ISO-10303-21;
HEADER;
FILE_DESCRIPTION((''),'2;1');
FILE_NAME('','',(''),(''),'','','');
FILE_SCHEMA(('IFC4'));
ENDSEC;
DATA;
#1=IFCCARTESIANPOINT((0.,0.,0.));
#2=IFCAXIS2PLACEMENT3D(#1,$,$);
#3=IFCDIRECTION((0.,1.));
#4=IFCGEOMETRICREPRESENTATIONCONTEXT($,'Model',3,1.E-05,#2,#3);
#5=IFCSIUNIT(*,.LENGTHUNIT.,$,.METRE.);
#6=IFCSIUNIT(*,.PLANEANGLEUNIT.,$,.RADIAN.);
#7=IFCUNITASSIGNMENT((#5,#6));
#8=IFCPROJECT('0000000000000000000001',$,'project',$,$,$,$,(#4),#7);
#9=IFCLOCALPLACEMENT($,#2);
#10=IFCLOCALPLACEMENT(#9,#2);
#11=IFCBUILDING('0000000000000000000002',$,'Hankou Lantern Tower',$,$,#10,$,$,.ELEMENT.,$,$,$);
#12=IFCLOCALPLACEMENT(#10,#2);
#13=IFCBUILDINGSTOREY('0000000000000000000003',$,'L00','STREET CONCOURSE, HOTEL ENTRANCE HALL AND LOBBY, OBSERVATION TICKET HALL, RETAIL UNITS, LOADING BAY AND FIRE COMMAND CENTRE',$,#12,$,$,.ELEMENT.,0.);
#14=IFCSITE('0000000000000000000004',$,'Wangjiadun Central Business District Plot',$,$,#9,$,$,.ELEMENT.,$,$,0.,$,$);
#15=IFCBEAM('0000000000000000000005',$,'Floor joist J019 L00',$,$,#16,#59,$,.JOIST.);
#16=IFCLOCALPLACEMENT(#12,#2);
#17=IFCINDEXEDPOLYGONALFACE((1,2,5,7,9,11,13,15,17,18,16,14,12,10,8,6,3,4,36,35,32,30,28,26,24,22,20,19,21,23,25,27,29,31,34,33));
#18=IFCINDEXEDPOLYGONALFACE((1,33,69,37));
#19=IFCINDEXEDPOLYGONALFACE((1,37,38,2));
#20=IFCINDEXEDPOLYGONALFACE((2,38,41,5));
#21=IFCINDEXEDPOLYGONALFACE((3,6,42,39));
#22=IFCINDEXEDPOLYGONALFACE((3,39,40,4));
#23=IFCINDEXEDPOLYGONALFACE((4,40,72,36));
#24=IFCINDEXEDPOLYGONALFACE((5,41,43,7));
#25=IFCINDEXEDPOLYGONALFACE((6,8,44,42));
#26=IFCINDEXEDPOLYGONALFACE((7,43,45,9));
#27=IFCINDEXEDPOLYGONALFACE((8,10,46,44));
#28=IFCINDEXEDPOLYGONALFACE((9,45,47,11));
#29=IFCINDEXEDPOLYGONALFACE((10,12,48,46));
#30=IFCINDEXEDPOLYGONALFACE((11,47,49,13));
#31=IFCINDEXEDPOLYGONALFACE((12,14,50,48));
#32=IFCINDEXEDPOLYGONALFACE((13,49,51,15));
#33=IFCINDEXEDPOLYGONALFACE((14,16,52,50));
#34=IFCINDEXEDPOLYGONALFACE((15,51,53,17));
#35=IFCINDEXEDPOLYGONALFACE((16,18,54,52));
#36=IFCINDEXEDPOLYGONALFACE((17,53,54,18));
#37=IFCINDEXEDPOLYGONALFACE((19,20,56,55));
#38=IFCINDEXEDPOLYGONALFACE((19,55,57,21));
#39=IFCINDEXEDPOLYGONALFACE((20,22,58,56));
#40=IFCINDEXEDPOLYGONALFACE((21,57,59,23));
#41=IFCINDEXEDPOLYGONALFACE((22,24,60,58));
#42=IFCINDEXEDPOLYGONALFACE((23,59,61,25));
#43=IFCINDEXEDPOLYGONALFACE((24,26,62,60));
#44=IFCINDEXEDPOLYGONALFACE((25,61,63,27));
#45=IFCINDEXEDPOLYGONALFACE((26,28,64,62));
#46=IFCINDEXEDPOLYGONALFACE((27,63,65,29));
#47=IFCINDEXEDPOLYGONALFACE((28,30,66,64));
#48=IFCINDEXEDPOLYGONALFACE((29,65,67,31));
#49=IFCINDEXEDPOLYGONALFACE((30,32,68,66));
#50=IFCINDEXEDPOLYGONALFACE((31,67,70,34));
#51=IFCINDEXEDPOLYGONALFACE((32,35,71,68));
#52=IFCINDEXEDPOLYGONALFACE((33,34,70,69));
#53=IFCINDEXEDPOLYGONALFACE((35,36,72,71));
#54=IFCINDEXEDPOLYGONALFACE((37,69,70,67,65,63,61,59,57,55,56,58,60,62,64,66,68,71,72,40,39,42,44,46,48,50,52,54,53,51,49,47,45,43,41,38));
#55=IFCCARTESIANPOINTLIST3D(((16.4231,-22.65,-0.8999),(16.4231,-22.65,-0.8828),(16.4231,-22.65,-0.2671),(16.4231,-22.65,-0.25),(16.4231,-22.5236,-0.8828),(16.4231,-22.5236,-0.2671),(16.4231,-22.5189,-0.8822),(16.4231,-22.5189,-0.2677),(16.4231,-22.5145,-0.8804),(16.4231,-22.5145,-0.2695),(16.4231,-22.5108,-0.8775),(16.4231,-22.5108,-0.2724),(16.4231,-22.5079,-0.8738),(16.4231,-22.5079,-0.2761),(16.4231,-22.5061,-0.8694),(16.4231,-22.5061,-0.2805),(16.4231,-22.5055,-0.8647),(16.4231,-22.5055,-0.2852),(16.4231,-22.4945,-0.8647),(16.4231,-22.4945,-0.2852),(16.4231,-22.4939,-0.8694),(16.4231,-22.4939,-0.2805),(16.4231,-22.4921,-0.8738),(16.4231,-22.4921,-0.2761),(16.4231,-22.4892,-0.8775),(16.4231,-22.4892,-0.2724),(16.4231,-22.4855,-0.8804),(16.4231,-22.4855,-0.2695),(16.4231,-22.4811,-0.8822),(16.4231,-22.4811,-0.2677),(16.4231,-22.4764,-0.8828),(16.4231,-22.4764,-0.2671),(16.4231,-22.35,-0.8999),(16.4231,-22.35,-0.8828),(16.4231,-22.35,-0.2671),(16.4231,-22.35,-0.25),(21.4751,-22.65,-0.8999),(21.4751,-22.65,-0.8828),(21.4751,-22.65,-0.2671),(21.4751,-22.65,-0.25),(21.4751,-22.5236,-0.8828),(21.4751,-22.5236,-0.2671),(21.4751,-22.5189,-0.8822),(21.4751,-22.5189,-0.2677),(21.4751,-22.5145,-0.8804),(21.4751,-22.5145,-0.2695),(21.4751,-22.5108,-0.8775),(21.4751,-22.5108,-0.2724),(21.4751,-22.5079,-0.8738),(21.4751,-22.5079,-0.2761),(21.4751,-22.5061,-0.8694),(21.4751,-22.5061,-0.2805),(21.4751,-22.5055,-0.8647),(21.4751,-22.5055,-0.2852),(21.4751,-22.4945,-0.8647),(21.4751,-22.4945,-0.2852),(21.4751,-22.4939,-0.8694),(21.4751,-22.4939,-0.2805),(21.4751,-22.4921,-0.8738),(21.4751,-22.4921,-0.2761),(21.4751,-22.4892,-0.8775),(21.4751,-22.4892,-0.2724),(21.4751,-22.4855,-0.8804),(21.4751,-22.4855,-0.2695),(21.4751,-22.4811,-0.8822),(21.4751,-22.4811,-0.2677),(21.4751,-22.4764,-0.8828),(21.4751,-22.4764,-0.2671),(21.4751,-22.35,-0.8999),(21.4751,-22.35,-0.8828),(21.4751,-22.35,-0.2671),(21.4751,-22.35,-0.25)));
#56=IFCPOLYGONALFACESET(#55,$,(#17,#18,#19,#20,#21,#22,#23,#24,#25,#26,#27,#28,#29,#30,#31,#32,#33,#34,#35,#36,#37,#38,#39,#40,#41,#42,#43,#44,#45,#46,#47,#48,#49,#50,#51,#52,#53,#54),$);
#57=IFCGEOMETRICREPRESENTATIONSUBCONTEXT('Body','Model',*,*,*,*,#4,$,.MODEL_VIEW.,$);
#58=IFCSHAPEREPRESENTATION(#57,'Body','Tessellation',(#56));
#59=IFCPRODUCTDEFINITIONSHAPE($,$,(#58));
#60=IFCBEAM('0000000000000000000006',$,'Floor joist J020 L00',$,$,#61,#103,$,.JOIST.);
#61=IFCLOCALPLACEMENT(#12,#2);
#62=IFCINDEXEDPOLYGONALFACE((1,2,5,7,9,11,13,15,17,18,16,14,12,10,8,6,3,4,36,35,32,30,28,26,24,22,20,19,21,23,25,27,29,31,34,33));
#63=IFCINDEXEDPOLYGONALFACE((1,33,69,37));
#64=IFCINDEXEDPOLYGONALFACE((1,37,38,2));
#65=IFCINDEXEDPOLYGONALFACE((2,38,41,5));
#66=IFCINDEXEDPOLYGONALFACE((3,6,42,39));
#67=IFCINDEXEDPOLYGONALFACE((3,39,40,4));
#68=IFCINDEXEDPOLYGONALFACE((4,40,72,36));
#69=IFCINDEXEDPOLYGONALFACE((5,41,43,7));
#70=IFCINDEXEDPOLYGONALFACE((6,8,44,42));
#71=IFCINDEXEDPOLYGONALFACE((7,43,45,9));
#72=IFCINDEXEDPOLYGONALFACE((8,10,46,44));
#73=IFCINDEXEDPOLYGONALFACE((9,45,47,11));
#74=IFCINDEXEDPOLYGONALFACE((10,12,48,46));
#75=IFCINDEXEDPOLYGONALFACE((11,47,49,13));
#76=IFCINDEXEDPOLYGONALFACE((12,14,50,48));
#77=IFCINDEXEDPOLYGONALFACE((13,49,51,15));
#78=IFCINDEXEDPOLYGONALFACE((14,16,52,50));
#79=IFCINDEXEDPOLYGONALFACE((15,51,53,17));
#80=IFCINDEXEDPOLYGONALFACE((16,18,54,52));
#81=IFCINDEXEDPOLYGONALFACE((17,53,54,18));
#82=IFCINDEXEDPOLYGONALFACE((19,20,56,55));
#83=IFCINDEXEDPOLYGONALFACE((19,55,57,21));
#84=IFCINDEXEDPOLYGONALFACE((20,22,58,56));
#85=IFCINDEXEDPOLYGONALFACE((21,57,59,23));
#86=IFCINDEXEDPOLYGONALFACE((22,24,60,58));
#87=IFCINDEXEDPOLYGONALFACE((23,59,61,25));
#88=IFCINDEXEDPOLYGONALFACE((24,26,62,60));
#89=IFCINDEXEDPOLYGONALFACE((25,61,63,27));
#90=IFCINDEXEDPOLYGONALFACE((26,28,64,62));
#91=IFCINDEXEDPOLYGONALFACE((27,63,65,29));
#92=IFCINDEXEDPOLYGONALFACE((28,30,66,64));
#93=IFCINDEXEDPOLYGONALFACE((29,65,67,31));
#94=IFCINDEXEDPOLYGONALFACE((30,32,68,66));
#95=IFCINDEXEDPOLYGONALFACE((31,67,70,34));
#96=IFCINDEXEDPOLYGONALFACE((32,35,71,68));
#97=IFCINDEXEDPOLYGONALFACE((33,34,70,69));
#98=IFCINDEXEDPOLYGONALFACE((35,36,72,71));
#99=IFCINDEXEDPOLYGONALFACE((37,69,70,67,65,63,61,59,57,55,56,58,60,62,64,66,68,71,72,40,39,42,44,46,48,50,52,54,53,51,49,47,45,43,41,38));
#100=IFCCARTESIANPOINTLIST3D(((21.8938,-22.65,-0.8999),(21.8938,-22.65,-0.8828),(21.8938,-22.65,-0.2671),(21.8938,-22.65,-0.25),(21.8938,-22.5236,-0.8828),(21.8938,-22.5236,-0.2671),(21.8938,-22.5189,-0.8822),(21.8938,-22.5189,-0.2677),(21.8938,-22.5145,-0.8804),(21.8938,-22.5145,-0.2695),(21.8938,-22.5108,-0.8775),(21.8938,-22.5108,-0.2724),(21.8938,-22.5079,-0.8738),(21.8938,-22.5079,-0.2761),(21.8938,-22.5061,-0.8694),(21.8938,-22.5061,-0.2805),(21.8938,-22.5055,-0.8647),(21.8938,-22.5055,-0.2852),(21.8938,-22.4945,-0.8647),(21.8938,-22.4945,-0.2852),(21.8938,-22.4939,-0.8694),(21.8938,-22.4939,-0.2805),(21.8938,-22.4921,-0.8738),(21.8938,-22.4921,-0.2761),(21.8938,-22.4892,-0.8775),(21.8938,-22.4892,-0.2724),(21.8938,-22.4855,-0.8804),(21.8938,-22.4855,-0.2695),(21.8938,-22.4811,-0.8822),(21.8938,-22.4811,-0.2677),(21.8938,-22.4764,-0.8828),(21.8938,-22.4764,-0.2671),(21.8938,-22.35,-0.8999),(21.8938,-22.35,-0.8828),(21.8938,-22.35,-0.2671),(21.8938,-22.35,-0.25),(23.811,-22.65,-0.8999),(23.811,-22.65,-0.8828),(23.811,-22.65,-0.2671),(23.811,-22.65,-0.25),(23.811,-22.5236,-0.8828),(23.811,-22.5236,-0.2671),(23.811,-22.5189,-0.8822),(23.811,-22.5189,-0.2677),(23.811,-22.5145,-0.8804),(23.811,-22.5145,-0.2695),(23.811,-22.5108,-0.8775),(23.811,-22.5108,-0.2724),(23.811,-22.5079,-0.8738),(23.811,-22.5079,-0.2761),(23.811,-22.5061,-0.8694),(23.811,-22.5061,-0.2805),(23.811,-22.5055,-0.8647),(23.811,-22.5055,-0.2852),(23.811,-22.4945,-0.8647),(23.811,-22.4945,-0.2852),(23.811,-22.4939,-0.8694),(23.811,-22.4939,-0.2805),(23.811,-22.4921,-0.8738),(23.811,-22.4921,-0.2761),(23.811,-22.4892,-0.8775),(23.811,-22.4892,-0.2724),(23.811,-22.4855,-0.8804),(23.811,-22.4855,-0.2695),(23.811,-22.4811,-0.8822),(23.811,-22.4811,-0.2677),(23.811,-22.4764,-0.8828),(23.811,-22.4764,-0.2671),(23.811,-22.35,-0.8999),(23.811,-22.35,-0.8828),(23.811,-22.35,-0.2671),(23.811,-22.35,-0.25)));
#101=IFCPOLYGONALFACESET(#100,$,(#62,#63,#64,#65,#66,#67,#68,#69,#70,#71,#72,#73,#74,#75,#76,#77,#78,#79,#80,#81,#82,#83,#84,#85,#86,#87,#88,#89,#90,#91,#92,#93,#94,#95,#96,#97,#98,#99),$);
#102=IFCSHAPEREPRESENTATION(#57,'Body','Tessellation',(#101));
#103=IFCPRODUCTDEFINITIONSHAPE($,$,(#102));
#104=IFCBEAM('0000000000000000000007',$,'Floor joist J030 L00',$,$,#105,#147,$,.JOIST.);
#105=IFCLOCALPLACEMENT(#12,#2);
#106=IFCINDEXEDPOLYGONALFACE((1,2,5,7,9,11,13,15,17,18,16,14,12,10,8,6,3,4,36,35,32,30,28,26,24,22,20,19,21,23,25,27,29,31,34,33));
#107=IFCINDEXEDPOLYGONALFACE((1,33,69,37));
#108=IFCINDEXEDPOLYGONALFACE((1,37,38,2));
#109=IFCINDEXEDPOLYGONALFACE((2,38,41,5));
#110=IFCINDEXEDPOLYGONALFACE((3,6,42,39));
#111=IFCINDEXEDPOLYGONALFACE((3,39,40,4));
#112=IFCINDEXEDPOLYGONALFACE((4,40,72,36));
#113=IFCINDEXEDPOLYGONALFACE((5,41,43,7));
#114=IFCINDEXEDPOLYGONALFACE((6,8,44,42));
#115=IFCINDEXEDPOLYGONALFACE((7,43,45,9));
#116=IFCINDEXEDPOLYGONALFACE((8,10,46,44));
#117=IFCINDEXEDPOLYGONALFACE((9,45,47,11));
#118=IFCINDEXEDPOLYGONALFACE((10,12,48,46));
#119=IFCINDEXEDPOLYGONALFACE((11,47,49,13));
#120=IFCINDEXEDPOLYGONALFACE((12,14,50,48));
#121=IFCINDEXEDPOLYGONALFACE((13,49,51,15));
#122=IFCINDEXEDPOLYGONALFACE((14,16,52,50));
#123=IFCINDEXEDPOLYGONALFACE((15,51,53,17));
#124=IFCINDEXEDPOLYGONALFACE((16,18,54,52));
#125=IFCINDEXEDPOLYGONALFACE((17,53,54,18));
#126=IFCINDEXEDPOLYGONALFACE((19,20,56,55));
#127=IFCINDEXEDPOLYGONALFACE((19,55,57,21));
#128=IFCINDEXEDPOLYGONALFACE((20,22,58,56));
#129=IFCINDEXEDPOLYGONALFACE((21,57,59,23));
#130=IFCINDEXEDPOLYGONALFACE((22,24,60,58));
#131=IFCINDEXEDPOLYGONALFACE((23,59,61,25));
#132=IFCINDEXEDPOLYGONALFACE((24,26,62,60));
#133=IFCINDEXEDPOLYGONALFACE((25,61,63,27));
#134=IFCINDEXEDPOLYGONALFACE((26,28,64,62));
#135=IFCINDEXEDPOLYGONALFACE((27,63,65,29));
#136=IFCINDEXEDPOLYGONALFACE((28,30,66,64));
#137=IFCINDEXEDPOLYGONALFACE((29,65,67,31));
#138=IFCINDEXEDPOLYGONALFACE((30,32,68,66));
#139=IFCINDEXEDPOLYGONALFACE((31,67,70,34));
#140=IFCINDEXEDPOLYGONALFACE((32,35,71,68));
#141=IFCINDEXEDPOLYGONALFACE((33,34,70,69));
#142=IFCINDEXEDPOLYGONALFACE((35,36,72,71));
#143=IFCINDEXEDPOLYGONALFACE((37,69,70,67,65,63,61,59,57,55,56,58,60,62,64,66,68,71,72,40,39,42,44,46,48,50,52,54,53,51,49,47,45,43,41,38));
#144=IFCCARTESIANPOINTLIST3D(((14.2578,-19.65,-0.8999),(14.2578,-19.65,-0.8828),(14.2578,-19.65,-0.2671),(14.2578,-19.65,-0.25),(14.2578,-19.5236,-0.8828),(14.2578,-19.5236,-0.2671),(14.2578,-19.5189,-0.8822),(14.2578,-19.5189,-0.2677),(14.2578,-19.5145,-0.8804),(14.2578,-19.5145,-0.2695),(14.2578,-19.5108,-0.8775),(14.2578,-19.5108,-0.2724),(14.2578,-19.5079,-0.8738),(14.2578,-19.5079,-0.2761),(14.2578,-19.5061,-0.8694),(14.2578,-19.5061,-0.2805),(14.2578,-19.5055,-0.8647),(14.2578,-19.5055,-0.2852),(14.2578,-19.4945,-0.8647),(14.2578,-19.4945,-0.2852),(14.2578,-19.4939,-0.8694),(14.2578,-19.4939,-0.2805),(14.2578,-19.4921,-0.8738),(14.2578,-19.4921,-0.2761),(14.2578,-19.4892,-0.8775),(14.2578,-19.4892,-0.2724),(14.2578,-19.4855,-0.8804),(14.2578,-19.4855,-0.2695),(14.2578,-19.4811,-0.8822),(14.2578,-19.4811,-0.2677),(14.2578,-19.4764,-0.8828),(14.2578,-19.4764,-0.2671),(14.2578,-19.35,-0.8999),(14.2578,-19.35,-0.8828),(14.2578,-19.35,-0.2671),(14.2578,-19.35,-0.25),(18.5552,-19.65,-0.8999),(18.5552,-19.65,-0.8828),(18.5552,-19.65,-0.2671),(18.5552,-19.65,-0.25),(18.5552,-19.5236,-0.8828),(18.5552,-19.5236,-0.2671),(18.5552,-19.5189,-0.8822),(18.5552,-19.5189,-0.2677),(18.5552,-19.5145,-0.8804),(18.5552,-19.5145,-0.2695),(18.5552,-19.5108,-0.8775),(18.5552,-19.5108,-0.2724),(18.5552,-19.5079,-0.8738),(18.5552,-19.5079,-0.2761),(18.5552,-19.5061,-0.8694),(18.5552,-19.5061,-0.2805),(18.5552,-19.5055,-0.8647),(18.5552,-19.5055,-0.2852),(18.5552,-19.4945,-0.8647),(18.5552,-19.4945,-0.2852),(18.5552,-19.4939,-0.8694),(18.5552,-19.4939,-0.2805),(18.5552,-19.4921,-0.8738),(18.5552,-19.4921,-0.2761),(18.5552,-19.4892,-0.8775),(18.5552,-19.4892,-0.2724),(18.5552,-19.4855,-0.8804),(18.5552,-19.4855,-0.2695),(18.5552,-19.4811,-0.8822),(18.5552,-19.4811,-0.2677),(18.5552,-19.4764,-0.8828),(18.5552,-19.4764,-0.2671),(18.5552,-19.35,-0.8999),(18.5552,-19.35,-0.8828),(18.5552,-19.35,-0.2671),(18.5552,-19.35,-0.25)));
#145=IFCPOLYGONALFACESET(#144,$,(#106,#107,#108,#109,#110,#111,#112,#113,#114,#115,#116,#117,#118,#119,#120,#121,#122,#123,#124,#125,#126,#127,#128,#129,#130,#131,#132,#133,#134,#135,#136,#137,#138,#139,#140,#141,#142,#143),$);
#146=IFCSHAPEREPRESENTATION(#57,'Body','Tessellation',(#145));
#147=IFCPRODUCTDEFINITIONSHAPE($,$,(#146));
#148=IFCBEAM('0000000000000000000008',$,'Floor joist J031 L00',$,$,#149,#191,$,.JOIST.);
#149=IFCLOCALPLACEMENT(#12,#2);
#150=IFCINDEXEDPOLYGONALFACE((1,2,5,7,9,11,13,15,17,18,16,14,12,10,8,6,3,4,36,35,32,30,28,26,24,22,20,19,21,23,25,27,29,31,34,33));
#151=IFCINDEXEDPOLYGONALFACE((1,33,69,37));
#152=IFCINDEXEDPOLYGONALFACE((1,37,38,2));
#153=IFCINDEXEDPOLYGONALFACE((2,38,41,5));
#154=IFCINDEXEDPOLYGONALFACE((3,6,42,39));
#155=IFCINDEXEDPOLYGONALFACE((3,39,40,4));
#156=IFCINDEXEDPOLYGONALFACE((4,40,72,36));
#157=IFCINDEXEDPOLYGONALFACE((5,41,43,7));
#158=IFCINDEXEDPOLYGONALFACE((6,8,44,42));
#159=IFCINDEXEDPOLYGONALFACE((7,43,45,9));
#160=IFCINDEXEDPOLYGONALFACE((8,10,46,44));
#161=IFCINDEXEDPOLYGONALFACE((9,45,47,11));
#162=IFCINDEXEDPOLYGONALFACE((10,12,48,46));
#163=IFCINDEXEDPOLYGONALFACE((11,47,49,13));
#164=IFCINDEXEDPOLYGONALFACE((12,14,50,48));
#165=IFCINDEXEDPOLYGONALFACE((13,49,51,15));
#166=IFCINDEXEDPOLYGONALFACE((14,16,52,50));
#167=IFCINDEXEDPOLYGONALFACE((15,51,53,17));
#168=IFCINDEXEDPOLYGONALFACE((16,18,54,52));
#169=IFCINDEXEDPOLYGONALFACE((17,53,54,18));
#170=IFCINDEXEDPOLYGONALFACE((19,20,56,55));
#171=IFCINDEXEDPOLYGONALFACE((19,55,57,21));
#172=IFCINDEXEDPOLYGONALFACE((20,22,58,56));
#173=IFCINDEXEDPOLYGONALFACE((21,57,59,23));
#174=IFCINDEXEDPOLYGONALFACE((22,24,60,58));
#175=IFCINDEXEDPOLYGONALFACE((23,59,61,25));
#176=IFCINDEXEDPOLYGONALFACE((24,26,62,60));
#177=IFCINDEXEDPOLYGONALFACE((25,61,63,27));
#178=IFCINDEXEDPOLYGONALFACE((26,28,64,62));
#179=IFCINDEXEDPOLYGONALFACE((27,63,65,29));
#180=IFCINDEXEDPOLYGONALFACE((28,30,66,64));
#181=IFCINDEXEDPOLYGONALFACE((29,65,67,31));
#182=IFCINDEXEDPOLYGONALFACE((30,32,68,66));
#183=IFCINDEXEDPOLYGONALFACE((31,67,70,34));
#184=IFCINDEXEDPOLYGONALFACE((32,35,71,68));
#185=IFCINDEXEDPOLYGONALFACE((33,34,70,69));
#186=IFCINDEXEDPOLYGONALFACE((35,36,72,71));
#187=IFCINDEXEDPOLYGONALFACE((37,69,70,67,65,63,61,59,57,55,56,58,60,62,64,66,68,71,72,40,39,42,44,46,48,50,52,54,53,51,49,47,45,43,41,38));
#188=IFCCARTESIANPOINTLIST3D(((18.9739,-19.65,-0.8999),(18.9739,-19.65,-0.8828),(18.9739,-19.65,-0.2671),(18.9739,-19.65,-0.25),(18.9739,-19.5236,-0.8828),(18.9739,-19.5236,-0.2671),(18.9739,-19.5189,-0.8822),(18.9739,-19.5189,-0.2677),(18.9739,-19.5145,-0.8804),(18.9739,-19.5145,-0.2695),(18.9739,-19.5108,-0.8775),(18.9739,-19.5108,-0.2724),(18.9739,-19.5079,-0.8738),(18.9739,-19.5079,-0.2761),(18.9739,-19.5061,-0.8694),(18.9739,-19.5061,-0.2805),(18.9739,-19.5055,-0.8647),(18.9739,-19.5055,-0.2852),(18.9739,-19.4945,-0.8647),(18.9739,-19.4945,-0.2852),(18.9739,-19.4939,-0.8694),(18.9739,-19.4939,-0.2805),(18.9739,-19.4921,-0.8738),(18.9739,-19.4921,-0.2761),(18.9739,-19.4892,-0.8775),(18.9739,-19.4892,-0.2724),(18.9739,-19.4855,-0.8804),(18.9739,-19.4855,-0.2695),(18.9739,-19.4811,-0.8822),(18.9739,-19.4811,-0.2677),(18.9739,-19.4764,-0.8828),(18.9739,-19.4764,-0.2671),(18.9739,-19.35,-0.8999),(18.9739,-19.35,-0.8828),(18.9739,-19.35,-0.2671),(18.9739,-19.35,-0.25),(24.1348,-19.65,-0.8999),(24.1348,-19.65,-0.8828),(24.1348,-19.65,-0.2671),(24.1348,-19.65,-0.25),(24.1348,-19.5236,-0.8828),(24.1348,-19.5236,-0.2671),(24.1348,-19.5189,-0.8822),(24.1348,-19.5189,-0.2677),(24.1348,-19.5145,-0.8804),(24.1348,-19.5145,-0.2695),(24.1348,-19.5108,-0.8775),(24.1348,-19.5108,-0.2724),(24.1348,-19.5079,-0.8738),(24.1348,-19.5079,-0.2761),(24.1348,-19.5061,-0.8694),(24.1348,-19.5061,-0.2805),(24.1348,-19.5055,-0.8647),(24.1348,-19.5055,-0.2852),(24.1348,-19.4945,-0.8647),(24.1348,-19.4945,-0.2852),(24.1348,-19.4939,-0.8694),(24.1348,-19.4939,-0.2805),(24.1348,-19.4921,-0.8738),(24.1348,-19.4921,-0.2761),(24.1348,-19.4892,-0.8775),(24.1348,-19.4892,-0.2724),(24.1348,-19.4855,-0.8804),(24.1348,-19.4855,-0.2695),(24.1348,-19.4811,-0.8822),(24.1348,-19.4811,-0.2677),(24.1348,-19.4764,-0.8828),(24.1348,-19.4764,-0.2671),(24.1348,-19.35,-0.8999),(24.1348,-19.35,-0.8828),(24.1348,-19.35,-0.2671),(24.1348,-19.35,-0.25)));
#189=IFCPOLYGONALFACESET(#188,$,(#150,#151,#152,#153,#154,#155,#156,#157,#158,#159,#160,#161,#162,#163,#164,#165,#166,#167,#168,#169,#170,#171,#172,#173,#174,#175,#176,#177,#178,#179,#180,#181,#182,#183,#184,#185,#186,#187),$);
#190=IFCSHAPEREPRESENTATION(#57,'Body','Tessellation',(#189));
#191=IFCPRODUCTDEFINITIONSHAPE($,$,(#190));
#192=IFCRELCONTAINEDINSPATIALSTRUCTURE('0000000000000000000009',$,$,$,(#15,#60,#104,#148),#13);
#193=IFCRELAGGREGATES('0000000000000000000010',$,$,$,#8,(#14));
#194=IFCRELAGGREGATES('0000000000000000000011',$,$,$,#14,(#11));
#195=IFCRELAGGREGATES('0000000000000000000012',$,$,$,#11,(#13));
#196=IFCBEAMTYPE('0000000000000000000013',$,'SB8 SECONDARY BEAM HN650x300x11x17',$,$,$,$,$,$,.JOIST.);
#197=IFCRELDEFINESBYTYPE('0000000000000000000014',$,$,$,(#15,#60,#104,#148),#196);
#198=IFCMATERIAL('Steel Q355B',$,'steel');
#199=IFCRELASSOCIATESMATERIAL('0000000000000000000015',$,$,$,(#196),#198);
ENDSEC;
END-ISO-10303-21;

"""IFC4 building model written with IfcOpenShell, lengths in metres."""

from ifc_helpers import new_model, si_unit, direction, frame, origin, origin_2d, place, context, subcontext, project, spatial, i_section, extrude, material, material_profile, profile_set, type_object, element, save


model = new_model("IFC4")

# Units and contexts
model_context = context("Model", 3, precision=1e-05, world=origin(), true_north=direction((0.0, 1.0)))
body_context = subcontext(model_context, "Body", "Model", "MODEL_VIEW")
ifc_project = project(units=[si_unit("LENGTHUNIT", "METRE"), si_unit("PLANEANGLEUNIT", "RADIAN")], contexts=[model_context])

# Site, building, storey
site_placement = place(None, origin())
site = spatial("IfcSite", under=ifc_project, at=site_placement, Name="Wangjiadun Central Business District Plot", CompositionType="ELEMENT", RefElevation=0.0)
building_placement = place(site_placement, origin())
building = spatial("IfcBuilding", under=site, at=building_placement, Name="Hankou Lantern Tower", CompositionType="ELEMENT")
storey_placement = place(building_placement, origin())
storey = spatial("IfcBuildingStorey", under=building, at=storey_placement, Name="L00", Description="STREET CONCOURSE, HOTEL ENTRANCE HALL AND LOBBY, OBSERVATION TICKET HALL, RETAIL UNITS, LOADING BAY AND FIRE COMMAND CENTRE", CompositionType="ELEMENT", Elevation=0.0)

# Beams
ifc_material_1 = material(Name="Steel Q355B", Category="steel")
ifc_material_profile_1 = material_profile(ifc_material_1, i_section(OverallWidth=0.3, OverallDepth=0.6499, WebThickness=0.011, FlangeThickness=0.0171, FilletRadius=0.0181, at=origin_2d()), Name="HN650x300x11x17")
ifc_profile_set_1 = profile_set([ifc_material_profile_1], Name="Steel Q355B")
beam_type_1 = type_object("IfcBeamType", Name="SB8 SECONDARY BEAM HN650x300x11x17", PredefinedType="JOIST", material=ifc_profile_set_1)
beam_1_placement = place(storey_placement, frame((16.4231, -22.5, -0.575), z_axis=(1.0, 0.0, 0.0), x_axis=(0.0, 1.0, 0.0)))
element("IfcBeam", 1, at=beam_1_placement, inside=storey, type_object=beam_type_1, Name="Floor joist J019 L00", PredefinedType="JOIST", context=body_context, shape_type="SweptSolid", body=[
    extrude(i_section(OverallWidth=0.3, OverallDepth=0.6499, WebThickness=0.011, FlangeThickness=0.0171, FilletRadius=0.0181, at=origin_2d()), origin(), (0.0, 0.0, 1.0), 5.052),
])
beam_2_placement = place(storey_placement, frame((21.8938, -22.5, -0.575), z_axis=(1.0, 0.0, 0.0), x_axis=(0.0, 1.0, 0.0)))
element("IfcBeam", 2, at=beam_2_placement, inside=storey, type_object=beam_type_1, Name="Floor joist J020 L00", PredefinedType="JOIST", context=body_context, shape_type="SweptSolid", body=[
    extrude(i_section(OverallWidth=0.3, OverallDepth=0.6499, WebThickness=0.011, FlangeThickness=0.0171, FilletRadius=0.0181, at=origin_2d()), origin(), (0.0, 0.0, 1.0), 1.9172),
])
beam_3_placement = place(storey_placement, frame((14.2578, -19.5, -0.575), z_axis=(1.0, 0.0, 0.0), x_axis=(0.0, 1.0, 0.0)))
element("IfcBeam", 3, at=beam_3_placement, inside=storey, type_object=beam_type_1, Name="Floor joist J030 L00", PredefinedType="JOIST", context=body_context, shape_type="SweptSolid", body=[
    extrude(i_section(OverallWidth=0.3, OverallDepth=0.6499, WebThickness=0.011, FlangeThickness=0.0171, FilletRadius=0.0181, at=origin_2d()), origin(), (0.0, 0.0, 1.0), 4.2974),
])
beam_4_placement = place(storey_placement, frame((18.9739, -19.5, -0.575), z_axis=(1.0, 0.0, 0.0), x_axis=(0.0, 1.0, 0.0)))
element("IfcBeam", 4, at=beam_4_placement, inside=storey, type_object=beam_type_1, Name="Floor joist J031 L00", PredefinedType="JOIST", context=body_context, shape_type="SweptSolid", body=[
    extrude(i_section(OverallWidth=0.3, OverallDepth=0.6499, WebThickness=0.011, FlangeThickness=0.0171, FilletRadius=0.0181, at=origin_2d()), origin(), (0.0, 0.0, 1.0), 5.1609),
])

save(model, "model.ifc")
